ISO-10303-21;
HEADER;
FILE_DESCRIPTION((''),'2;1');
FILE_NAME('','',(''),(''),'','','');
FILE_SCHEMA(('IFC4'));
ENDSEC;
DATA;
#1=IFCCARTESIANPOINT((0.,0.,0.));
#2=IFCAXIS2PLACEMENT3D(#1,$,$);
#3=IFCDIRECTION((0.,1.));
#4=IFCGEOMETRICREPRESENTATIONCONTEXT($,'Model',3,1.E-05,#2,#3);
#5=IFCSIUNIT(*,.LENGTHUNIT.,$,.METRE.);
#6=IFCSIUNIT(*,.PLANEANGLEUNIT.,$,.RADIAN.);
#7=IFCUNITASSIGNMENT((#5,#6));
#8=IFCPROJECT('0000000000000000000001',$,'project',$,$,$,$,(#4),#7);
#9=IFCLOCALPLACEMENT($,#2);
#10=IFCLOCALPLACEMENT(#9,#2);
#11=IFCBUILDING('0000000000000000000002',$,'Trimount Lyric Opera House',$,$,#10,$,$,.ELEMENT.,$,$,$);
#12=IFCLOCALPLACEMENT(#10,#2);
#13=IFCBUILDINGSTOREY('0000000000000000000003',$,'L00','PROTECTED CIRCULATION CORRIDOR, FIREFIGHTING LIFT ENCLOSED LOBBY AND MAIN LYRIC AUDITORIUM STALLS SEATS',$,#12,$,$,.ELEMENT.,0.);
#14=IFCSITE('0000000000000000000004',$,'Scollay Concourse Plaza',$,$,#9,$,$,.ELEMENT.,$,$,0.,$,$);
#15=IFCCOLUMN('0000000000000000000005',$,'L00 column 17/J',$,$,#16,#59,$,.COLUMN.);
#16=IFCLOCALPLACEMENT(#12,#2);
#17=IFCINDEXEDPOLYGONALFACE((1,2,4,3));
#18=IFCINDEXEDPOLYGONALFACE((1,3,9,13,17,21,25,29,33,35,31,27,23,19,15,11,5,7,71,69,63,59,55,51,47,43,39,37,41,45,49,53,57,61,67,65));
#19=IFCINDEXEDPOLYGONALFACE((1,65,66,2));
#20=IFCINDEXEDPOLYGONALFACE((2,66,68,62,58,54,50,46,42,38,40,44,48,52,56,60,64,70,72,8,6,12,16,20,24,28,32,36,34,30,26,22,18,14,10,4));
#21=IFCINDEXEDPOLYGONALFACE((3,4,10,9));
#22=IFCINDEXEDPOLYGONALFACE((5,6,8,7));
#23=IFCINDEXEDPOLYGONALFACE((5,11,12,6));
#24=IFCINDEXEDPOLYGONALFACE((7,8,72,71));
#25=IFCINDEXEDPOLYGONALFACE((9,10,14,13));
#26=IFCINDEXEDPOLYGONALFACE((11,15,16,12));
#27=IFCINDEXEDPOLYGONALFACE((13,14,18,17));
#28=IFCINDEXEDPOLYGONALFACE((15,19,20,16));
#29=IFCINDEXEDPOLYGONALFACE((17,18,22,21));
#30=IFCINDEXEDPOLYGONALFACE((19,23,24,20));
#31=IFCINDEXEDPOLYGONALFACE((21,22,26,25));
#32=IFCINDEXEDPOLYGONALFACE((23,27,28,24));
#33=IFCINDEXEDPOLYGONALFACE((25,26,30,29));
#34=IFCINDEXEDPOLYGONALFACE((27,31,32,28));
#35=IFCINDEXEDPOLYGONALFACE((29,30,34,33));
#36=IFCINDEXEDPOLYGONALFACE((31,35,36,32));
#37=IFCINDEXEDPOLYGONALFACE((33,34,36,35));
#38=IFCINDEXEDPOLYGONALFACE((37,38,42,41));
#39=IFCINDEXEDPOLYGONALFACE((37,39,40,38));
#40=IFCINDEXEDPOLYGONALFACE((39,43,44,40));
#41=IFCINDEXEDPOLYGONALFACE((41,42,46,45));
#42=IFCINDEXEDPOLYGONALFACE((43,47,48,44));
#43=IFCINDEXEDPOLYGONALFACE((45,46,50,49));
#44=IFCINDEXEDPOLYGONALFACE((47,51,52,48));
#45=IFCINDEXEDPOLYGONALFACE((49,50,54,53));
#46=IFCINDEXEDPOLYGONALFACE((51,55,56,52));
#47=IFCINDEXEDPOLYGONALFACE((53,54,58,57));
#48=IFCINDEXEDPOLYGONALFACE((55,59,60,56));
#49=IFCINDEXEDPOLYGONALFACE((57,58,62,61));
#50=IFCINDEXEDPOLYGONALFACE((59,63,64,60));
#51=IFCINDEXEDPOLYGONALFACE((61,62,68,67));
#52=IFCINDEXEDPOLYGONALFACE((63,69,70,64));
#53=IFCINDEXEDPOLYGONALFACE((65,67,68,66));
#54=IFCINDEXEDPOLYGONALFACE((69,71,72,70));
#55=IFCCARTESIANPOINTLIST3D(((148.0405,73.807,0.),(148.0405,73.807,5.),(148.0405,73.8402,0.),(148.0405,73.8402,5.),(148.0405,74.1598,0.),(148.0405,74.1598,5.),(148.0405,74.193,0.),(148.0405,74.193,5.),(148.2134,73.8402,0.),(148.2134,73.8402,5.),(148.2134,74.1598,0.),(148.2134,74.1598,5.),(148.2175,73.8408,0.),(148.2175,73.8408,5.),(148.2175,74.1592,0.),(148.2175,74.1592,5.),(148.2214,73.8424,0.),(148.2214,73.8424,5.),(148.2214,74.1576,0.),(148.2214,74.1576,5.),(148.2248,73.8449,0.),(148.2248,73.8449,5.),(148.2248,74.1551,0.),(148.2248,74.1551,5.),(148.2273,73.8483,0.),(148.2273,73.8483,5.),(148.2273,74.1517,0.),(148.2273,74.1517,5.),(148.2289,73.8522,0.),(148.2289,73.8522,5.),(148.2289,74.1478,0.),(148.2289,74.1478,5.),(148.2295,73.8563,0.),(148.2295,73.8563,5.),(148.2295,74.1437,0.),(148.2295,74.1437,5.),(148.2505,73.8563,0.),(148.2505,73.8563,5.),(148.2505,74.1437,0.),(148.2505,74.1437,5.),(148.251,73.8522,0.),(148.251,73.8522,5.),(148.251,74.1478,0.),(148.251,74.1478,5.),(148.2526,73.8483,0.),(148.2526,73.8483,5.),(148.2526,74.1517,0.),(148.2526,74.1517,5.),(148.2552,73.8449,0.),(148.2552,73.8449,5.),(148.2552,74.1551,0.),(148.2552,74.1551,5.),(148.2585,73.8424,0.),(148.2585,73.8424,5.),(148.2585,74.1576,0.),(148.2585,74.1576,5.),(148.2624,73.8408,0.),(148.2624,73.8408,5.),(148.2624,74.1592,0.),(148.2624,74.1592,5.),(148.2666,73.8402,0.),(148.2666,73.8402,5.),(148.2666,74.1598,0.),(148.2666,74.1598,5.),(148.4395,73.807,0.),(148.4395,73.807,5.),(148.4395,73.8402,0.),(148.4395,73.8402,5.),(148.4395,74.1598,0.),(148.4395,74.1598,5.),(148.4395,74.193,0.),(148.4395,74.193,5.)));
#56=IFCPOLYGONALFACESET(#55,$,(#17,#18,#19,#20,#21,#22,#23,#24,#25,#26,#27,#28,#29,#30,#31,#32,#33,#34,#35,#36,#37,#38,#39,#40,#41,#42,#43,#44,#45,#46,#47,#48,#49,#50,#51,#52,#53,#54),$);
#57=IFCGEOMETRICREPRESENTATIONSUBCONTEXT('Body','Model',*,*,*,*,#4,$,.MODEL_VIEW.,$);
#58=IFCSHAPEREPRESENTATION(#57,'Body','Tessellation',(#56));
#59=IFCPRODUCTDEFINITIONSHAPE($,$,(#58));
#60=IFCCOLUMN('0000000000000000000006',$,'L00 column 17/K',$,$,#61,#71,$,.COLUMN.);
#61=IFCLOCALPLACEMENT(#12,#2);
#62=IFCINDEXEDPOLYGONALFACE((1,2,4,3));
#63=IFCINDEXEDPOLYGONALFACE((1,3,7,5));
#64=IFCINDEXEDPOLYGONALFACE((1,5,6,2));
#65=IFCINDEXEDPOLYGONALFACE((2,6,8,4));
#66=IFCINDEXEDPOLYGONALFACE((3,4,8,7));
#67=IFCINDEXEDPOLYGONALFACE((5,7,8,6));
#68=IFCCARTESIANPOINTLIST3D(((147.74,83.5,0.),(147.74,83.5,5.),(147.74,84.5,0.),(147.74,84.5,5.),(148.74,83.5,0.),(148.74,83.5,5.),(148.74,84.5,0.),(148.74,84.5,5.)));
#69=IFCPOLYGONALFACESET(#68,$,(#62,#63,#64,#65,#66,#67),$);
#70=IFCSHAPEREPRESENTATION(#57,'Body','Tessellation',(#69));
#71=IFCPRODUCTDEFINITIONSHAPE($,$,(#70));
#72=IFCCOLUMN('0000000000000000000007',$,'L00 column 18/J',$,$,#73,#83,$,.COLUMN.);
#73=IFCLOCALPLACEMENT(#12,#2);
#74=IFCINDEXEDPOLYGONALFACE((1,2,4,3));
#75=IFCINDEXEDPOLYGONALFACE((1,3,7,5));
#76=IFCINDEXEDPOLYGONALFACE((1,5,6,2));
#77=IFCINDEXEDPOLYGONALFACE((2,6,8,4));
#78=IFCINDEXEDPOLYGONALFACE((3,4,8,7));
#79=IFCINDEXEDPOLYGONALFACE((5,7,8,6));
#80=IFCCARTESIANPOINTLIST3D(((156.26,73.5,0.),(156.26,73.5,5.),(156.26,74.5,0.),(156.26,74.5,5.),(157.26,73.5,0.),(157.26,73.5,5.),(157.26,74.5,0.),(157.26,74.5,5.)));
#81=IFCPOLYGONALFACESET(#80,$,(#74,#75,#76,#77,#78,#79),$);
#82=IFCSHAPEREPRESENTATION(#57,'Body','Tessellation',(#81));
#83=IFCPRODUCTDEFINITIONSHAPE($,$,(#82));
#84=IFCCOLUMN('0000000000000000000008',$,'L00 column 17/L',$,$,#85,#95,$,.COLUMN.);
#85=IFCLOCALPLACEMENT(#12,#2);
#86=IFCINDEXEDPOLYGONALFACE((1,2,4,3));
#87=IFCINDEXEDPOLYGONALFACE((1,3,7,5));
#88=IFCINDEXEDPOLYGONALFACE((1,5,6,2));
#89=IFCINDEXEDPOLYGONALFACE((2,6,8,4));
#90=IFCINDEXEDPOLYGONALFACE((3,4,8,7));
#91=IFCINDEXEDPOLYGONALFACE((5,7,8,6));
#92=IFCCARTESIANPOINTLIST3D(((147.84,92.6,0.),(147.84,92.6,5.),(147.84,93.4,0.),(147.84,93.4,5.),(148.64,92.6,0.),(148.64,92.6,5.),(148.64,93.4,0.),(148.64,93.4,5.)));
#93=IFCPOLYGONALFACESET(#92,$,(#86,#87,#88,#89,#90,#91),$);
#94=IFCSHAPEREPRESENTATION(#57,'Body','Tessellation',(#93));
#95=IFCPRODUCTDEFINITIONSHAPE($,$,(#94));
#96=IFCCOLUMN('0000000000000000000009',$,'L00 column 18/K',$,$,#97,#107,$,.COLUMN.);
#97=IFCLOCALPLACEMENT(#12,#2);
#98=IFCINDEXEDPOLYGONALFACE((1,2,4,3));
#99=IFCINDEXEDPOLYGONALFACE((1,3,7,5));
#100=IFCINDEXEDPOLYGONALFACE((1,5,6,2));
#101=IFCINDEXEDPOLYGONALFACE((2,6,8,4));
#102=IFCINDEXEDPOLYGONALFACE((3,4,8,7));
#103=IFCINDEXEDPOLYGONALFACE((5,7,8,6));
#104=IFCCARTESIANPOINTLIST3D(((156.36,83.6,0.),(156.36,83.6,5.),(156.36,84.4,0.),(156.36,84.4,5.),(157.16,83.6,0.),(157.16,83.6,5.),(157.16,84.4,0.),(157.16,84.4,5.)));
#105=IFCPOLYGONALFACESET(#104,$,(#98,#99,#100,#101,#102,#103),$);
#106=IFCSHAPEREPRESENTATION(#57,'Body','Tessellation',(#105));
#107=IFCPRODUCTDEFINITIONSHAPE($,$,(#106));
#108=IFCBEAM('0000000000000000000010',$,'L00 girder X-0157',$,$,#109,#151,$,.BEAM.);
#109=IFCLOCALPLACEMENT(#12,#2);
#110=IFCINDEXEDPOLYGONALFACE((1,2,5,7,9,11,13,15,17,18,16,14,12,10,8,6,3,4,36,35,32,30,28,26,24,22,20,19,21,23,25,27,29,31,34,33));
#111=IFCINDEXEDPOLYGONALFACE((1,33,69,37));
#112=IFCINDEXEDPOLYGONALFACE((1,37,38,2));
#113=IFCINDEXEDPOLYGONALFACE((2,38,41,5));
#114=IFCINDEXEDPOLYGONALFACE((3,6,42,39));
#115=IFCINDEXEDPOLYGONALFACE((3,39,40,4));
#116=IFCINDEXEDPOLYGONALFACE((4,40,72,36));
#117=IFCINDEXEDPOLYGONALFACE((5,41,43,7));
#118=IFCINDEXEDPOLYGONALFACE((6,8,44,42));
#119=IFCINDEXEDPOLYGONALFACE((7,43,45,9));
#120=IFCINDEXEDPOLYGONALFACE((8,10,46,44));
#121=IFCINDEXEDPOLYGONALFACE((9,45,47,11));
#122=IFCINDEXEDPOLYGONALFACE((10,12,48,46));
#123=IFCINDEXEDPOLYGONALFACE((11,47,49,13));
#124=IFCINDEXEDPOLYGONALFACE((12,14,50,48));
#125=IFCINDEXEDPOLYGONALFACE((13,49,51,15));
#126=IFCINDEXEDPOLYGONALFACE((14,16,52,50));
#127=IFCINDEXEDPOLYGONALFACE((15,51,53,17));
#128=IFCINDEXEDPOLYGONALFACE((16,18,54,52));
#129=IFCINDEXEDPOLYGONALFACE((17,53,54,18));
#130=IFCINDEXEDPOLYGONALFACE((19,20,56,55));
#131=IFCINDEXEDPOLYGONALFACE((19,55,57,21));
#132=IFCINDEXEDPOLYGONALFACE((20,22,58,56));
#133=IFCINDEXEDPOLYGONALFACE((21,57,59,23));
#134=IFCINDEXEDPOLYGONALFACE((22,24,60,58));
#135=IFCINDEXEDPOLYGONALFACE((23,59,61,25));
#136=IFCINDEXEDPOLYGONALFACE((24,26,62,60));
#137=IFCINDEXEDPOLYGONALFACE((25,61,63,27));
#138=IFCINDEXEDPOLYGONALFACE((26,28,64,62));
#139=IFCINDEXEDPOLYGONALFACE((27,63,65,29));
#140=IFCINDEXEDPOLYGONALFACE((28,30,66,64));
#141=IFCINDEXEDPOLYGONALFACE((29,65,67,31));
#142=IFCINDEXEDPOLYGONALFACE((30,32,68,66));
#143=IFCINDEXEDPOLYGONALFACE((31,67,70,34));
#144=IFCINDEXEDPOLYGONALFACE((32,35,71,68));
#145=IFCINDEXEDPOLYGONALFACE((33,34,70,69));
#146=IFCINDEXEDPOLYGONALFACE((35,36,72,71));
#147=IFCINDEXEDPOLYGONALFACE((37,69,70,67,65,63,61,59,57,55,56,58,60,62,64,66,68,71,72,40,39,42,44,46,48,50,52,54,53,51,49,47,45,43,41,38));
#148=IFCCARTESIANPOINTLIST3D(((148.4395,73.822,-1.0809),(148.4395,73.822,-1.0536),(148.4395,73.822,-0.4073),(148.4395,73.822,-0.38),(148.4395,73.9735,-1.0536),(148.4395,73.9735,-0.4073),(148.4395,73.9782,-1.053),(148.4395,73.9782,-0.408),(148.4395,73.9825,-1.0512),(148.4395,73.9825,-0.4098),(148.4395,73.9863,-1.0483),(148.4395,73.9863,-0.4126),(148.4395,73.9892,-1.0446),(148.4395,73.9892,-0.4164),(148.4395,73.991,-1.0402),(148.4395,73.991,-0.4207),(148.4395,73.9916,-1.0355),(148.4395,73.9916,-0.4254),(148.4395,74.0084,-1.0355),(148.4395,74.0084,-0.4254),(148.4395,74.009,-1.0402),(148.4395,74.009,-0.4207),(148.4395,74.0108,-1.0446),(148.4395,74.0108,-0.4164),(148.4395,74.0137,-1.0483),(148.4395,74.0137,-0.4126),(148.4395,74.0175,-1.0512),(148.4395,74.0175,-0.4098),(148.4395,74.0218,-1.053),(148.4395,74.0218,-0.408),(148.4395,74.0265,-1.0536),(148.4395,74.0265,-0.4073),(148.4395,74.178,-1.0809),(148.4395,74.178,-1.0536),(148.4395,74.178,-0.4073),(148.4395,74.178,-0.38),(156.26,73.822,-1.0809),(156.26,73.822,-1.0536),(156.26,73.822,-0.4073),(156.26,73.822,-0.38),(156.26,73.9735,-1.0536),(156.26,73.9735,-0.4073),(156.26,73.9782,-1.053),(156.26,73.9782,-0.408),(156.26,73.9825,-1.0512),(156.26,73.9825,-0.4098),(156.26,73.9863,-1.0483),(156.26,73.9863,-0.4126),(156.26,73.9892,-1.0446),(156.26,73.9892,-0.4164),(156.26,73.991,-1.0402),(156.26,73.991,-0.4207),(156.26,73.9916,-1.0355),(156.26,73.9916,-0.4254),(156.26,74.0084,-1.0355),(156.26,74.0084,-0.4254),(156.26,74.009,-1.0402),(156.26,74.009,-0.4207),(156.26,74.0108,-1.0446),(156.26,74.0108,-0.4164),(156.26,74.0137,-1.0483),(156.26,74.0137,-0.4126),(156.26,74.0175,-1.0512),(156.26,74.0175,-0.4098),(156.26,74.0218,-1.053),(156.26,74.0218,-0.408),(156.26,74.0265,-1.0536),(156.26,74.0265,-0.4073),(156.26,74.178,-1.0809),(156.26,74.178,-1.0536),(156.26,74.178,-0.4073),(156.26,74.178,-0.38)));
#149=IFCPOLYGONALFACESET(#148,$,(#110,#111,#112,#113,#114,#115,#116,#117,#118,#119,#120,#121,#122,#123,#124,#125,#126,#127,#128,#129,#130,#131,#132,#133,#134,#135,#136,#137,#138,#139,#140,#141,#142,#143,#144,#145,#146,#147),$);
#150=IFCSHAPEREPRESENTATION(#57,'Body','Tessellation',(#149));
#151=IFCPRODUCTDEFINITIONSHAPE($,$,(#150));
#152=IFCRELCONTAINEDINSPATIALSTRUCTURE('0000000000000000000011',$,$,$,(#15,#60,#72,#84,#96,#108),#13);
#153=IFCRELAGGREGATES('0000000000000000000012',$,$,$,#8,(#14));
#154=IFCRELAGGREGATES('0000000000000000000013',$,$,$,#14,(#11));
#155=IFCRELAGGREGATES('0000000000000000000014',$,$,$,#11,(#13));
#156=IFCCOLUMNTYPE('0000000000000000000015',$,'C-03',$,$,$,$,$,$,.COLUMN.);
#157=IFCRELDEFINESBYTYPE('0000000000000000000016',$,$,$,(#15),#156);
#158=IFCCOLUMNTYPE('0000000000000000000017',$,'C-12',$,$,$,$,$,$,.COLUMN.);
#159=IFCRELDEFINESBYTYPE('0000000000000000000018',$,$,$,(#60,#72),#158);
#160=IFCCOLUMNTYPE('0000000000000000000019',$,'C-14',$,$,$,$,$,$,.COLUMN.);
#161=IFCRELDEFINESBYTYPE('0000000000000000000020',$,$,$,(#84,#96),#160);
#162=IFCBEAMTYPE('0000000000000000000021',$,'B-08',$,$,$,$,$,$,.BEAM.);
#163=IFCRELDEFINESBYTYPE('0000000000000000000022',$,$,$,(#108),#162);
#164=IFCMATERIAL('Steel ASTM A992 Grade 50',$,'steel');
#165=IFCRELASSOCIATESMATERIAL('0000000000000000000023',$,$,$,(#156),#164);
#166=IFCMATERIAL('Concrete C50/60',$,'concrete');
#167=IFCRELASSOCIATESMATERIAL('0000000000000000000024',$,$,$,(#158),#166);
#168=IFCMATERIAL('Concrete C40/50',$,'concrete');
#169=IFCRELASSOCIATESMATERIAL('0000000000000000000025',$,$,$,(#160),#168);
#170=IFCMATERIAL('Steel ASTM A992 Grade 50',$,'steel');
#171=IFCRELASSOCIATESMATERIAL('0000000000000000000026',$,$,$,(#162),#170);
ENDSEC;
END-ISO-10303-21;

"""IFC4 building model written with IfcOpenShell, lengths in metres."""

from ifc_helpers import new_model, si_unit, direction, frame, origin, origin_2d, place, context, subcontext, project, spatial, rectangle, i_section, extrude, material, material_profile, profile_set, type_object, element, save


model = new_model("IFC4")

# Units and contexts
model_context = context("Model", 3, precision=1e-05, world=origin(), true_north=direction((0.0, 1.0)))
body_context = subcontext(model_context, "Body", "Model", "MODEL_VIEW")
ifc_project = project(units=[si_unit("LENGTHUNIT", "METRE"), si_unit("PLANEANGLEUNIT", "RADIAN")], contexts=[model_context])

# Site, building, storey
site_placement = place(None, origin())
site = spatial("IfcSite", under=ifc_project, at=site_placement, Name="Scollay Concourse Plaza", CompositionType="ELEMENT", RefElevation=0.0)
building_placement = place(site_placement, origin())
building = spatial("IfcBuilding", under=site, at=building_placement, Name="Trimount Lyric Opera House", CompositionType="ELEMENT")
storey_placement = place(building_placement, origin())
storey = spatial("IfcBuildingStorey", under=building, at=storey_placement, Name="L00", Description="PROTECTED CIRCULATION CORRIDOR, FIREFIGHTING LIFT ENCLOSED LOBBY AND MAIN LYRIC AUDITORIUM STALLS SEATS", CompositionType="ELEMENT", Elevation=0.0)

# Columns
ifc_material_1 = material(Name="Steel ASTM A992 Grade 50", Category="steel")
ifc_material_profile_1 = material_profile(ifc_material_1, i_section(OverallWidth=0.3989, OverallDepth=0.386, WebThickness=0.021, FlangeThickness=0.0332, FilletRadius=0.0161, at=origin_2d()), Name="W14X176")
ifc_profile_set_1 = profile_set([ifc_material_profile_1], Name="Steel ASTM A992 Grade 50")
column_type_1 = type_object("IfcColumnType", Name="C-03", PredefinedType="COLUMN", material=ifc_profile_set_1)
column_placement = place(storey_placement, frame((148.24, 74.0, 0.0), z_axis=(0.0, 0.0, 1.0), x_axis=(1.0, 0.0, 0.0)))
element("IfcColumn", 1, at=column_placement, inside=storey, type_object=column_type_1, Name="L00 column 17/J", PredefinedType="COLUMN", context=body_context, shape_type="SweptSolid", body=[
    extrude(i_section(OverallWidth=0.3989, OverallDepth=0.386, WebThickness=0.021, FlangeThickness=0.0332, FilletRadius=0.0161, at=origin_2d()), origin(), (0.0, 0.0, 1.0), 5.0),
])
ifc_material_2 = material(Name="Concrete C50/60", Category="concrete")
ifc_material_profile_2 = material_profile(ifc_material_2, rectangle(XDim=1.0, YDim=1.0, at=origin_2d()), Name="RC1000X1000")
ifc_profile_set_2 = profile_set([ifc_material_profile_2], Name="Concrete C50/60")
column_type_2 = type_object("IfcColumnType", Name="C-12", PredefinedType="COLUMN", material=ifc_profile_set_2)
for number, where, z_axis, x_axis, name in (
    (2, (148.24, 84.0, 0.0), (0.0, 0.0, 1.0), (1.0, 0.0, 0.0), "L00 column 17/K"),
    (3, (156.76, 74.0, 0.0), (0.0, 0.0, 1.0), (1.0, 0.0, 0.0), "L00 column 18/J"),
):
    element("IfcColumn", number, at=place(storey_placement, frame(where, z_axis=z_axis, x_axis=x_axis)), inside=storey, type_object=column_type_2, Name=name, PredefinedType="COLUMN", context=body_context, shape_type="SweptSolid", body=[
        extrude(rectangle(XDim=1.0, YDim=1.0, at=origin_2d()), origin(), (0.0, 0.0, 1.0), 5.0),
    ])
ifc_material_3 = material(Name="Concrete C40/50", Category="concrete")
ifc_material_profile_3 = material_profile(ifc_material_3, rectangle(XDim=0.8, YDim=0.8, at=origin_2d()), Name="RC800X800")
ifc_profile_set_3 = profile_set([ifc_material_profile_3], Name="Concrete C40/50")
column_type_3 = type_object("IfcColumnType", Name="C-14", PredefinedType="COLUMN", material=ifc_profile_set_3)
for number, where, z_axis, x_axis, name in (
    (4, (148.24, 93.0, 0.0), (0.0, 0.0, 1.0), (1.0, 0.0, 0.0), "L00 column 17/L"),
    (5, (156.76, 84.0, 0.0), (0.0, 0.0, 1.0), (1.0, 0.0, 0.0), "L00 column 18/K"),
):
    element("IfcColumn", number, at=place(storey_placement, frame(where, z_axis=z_axis, x_axis=x_axis)), inside=storey, type_object=column_type_3, Name=name, PredefinedType="COLUMN", context=body_context, shape_type="SweptSolid", body=[
        extrude(rectangle(XDim=0.8, YDim=0.8, at=origin_2d()), origin(), (0.0, 0.0, 1.0), 5.0),
    ])

# Beam
ifc_material_4 = material(Name="Steel ASTM A992 Grade 50", Category="steel")
ifc_material_profile_4 = material_profile(ifc_material_4, i_section(OverallWidth=0.356, OverallDepth=0.7009, WebThickness=0.0168, FlangeThickness=0.0273, FilletRadius=0.0181, at=origin_2d()), Name="W27X161")
ifc_profile_set_4 = profile_set([ifc_material_profile_4], Name="Steel ASTM A992 Grade 50")
beam_type_1 = type_object("IfcBeamType", Name="B-08", PredefinedType="BEAM", material=ifc_profile_set_4)
beam_1_placement = place(storey_placement, frame((148.4395, 74.0, -0.7305), z_axis=(1.0, 0.0, 0.0), x_axis=(0.0, 1.0, 0.0)))
element("IfcBeam", 6, at=beam_1_placement, inside=storey, type_object=beam_type_1, Name="L00 girder X-0157", PredefinedType="BEAM", context=body_context, shape_type="SweptSolid", body=[
    extrude(i_section(OverallWidth=0.356, OverallDepth=0.7009, WebThickness=0.0168, FlangeThickness=0.0273, FilletRadius=0.0181, at=origin_2d()), origin(), (0.0, 0.0, 1.0), 7.8206),
])

save(model, "model.ifc")
